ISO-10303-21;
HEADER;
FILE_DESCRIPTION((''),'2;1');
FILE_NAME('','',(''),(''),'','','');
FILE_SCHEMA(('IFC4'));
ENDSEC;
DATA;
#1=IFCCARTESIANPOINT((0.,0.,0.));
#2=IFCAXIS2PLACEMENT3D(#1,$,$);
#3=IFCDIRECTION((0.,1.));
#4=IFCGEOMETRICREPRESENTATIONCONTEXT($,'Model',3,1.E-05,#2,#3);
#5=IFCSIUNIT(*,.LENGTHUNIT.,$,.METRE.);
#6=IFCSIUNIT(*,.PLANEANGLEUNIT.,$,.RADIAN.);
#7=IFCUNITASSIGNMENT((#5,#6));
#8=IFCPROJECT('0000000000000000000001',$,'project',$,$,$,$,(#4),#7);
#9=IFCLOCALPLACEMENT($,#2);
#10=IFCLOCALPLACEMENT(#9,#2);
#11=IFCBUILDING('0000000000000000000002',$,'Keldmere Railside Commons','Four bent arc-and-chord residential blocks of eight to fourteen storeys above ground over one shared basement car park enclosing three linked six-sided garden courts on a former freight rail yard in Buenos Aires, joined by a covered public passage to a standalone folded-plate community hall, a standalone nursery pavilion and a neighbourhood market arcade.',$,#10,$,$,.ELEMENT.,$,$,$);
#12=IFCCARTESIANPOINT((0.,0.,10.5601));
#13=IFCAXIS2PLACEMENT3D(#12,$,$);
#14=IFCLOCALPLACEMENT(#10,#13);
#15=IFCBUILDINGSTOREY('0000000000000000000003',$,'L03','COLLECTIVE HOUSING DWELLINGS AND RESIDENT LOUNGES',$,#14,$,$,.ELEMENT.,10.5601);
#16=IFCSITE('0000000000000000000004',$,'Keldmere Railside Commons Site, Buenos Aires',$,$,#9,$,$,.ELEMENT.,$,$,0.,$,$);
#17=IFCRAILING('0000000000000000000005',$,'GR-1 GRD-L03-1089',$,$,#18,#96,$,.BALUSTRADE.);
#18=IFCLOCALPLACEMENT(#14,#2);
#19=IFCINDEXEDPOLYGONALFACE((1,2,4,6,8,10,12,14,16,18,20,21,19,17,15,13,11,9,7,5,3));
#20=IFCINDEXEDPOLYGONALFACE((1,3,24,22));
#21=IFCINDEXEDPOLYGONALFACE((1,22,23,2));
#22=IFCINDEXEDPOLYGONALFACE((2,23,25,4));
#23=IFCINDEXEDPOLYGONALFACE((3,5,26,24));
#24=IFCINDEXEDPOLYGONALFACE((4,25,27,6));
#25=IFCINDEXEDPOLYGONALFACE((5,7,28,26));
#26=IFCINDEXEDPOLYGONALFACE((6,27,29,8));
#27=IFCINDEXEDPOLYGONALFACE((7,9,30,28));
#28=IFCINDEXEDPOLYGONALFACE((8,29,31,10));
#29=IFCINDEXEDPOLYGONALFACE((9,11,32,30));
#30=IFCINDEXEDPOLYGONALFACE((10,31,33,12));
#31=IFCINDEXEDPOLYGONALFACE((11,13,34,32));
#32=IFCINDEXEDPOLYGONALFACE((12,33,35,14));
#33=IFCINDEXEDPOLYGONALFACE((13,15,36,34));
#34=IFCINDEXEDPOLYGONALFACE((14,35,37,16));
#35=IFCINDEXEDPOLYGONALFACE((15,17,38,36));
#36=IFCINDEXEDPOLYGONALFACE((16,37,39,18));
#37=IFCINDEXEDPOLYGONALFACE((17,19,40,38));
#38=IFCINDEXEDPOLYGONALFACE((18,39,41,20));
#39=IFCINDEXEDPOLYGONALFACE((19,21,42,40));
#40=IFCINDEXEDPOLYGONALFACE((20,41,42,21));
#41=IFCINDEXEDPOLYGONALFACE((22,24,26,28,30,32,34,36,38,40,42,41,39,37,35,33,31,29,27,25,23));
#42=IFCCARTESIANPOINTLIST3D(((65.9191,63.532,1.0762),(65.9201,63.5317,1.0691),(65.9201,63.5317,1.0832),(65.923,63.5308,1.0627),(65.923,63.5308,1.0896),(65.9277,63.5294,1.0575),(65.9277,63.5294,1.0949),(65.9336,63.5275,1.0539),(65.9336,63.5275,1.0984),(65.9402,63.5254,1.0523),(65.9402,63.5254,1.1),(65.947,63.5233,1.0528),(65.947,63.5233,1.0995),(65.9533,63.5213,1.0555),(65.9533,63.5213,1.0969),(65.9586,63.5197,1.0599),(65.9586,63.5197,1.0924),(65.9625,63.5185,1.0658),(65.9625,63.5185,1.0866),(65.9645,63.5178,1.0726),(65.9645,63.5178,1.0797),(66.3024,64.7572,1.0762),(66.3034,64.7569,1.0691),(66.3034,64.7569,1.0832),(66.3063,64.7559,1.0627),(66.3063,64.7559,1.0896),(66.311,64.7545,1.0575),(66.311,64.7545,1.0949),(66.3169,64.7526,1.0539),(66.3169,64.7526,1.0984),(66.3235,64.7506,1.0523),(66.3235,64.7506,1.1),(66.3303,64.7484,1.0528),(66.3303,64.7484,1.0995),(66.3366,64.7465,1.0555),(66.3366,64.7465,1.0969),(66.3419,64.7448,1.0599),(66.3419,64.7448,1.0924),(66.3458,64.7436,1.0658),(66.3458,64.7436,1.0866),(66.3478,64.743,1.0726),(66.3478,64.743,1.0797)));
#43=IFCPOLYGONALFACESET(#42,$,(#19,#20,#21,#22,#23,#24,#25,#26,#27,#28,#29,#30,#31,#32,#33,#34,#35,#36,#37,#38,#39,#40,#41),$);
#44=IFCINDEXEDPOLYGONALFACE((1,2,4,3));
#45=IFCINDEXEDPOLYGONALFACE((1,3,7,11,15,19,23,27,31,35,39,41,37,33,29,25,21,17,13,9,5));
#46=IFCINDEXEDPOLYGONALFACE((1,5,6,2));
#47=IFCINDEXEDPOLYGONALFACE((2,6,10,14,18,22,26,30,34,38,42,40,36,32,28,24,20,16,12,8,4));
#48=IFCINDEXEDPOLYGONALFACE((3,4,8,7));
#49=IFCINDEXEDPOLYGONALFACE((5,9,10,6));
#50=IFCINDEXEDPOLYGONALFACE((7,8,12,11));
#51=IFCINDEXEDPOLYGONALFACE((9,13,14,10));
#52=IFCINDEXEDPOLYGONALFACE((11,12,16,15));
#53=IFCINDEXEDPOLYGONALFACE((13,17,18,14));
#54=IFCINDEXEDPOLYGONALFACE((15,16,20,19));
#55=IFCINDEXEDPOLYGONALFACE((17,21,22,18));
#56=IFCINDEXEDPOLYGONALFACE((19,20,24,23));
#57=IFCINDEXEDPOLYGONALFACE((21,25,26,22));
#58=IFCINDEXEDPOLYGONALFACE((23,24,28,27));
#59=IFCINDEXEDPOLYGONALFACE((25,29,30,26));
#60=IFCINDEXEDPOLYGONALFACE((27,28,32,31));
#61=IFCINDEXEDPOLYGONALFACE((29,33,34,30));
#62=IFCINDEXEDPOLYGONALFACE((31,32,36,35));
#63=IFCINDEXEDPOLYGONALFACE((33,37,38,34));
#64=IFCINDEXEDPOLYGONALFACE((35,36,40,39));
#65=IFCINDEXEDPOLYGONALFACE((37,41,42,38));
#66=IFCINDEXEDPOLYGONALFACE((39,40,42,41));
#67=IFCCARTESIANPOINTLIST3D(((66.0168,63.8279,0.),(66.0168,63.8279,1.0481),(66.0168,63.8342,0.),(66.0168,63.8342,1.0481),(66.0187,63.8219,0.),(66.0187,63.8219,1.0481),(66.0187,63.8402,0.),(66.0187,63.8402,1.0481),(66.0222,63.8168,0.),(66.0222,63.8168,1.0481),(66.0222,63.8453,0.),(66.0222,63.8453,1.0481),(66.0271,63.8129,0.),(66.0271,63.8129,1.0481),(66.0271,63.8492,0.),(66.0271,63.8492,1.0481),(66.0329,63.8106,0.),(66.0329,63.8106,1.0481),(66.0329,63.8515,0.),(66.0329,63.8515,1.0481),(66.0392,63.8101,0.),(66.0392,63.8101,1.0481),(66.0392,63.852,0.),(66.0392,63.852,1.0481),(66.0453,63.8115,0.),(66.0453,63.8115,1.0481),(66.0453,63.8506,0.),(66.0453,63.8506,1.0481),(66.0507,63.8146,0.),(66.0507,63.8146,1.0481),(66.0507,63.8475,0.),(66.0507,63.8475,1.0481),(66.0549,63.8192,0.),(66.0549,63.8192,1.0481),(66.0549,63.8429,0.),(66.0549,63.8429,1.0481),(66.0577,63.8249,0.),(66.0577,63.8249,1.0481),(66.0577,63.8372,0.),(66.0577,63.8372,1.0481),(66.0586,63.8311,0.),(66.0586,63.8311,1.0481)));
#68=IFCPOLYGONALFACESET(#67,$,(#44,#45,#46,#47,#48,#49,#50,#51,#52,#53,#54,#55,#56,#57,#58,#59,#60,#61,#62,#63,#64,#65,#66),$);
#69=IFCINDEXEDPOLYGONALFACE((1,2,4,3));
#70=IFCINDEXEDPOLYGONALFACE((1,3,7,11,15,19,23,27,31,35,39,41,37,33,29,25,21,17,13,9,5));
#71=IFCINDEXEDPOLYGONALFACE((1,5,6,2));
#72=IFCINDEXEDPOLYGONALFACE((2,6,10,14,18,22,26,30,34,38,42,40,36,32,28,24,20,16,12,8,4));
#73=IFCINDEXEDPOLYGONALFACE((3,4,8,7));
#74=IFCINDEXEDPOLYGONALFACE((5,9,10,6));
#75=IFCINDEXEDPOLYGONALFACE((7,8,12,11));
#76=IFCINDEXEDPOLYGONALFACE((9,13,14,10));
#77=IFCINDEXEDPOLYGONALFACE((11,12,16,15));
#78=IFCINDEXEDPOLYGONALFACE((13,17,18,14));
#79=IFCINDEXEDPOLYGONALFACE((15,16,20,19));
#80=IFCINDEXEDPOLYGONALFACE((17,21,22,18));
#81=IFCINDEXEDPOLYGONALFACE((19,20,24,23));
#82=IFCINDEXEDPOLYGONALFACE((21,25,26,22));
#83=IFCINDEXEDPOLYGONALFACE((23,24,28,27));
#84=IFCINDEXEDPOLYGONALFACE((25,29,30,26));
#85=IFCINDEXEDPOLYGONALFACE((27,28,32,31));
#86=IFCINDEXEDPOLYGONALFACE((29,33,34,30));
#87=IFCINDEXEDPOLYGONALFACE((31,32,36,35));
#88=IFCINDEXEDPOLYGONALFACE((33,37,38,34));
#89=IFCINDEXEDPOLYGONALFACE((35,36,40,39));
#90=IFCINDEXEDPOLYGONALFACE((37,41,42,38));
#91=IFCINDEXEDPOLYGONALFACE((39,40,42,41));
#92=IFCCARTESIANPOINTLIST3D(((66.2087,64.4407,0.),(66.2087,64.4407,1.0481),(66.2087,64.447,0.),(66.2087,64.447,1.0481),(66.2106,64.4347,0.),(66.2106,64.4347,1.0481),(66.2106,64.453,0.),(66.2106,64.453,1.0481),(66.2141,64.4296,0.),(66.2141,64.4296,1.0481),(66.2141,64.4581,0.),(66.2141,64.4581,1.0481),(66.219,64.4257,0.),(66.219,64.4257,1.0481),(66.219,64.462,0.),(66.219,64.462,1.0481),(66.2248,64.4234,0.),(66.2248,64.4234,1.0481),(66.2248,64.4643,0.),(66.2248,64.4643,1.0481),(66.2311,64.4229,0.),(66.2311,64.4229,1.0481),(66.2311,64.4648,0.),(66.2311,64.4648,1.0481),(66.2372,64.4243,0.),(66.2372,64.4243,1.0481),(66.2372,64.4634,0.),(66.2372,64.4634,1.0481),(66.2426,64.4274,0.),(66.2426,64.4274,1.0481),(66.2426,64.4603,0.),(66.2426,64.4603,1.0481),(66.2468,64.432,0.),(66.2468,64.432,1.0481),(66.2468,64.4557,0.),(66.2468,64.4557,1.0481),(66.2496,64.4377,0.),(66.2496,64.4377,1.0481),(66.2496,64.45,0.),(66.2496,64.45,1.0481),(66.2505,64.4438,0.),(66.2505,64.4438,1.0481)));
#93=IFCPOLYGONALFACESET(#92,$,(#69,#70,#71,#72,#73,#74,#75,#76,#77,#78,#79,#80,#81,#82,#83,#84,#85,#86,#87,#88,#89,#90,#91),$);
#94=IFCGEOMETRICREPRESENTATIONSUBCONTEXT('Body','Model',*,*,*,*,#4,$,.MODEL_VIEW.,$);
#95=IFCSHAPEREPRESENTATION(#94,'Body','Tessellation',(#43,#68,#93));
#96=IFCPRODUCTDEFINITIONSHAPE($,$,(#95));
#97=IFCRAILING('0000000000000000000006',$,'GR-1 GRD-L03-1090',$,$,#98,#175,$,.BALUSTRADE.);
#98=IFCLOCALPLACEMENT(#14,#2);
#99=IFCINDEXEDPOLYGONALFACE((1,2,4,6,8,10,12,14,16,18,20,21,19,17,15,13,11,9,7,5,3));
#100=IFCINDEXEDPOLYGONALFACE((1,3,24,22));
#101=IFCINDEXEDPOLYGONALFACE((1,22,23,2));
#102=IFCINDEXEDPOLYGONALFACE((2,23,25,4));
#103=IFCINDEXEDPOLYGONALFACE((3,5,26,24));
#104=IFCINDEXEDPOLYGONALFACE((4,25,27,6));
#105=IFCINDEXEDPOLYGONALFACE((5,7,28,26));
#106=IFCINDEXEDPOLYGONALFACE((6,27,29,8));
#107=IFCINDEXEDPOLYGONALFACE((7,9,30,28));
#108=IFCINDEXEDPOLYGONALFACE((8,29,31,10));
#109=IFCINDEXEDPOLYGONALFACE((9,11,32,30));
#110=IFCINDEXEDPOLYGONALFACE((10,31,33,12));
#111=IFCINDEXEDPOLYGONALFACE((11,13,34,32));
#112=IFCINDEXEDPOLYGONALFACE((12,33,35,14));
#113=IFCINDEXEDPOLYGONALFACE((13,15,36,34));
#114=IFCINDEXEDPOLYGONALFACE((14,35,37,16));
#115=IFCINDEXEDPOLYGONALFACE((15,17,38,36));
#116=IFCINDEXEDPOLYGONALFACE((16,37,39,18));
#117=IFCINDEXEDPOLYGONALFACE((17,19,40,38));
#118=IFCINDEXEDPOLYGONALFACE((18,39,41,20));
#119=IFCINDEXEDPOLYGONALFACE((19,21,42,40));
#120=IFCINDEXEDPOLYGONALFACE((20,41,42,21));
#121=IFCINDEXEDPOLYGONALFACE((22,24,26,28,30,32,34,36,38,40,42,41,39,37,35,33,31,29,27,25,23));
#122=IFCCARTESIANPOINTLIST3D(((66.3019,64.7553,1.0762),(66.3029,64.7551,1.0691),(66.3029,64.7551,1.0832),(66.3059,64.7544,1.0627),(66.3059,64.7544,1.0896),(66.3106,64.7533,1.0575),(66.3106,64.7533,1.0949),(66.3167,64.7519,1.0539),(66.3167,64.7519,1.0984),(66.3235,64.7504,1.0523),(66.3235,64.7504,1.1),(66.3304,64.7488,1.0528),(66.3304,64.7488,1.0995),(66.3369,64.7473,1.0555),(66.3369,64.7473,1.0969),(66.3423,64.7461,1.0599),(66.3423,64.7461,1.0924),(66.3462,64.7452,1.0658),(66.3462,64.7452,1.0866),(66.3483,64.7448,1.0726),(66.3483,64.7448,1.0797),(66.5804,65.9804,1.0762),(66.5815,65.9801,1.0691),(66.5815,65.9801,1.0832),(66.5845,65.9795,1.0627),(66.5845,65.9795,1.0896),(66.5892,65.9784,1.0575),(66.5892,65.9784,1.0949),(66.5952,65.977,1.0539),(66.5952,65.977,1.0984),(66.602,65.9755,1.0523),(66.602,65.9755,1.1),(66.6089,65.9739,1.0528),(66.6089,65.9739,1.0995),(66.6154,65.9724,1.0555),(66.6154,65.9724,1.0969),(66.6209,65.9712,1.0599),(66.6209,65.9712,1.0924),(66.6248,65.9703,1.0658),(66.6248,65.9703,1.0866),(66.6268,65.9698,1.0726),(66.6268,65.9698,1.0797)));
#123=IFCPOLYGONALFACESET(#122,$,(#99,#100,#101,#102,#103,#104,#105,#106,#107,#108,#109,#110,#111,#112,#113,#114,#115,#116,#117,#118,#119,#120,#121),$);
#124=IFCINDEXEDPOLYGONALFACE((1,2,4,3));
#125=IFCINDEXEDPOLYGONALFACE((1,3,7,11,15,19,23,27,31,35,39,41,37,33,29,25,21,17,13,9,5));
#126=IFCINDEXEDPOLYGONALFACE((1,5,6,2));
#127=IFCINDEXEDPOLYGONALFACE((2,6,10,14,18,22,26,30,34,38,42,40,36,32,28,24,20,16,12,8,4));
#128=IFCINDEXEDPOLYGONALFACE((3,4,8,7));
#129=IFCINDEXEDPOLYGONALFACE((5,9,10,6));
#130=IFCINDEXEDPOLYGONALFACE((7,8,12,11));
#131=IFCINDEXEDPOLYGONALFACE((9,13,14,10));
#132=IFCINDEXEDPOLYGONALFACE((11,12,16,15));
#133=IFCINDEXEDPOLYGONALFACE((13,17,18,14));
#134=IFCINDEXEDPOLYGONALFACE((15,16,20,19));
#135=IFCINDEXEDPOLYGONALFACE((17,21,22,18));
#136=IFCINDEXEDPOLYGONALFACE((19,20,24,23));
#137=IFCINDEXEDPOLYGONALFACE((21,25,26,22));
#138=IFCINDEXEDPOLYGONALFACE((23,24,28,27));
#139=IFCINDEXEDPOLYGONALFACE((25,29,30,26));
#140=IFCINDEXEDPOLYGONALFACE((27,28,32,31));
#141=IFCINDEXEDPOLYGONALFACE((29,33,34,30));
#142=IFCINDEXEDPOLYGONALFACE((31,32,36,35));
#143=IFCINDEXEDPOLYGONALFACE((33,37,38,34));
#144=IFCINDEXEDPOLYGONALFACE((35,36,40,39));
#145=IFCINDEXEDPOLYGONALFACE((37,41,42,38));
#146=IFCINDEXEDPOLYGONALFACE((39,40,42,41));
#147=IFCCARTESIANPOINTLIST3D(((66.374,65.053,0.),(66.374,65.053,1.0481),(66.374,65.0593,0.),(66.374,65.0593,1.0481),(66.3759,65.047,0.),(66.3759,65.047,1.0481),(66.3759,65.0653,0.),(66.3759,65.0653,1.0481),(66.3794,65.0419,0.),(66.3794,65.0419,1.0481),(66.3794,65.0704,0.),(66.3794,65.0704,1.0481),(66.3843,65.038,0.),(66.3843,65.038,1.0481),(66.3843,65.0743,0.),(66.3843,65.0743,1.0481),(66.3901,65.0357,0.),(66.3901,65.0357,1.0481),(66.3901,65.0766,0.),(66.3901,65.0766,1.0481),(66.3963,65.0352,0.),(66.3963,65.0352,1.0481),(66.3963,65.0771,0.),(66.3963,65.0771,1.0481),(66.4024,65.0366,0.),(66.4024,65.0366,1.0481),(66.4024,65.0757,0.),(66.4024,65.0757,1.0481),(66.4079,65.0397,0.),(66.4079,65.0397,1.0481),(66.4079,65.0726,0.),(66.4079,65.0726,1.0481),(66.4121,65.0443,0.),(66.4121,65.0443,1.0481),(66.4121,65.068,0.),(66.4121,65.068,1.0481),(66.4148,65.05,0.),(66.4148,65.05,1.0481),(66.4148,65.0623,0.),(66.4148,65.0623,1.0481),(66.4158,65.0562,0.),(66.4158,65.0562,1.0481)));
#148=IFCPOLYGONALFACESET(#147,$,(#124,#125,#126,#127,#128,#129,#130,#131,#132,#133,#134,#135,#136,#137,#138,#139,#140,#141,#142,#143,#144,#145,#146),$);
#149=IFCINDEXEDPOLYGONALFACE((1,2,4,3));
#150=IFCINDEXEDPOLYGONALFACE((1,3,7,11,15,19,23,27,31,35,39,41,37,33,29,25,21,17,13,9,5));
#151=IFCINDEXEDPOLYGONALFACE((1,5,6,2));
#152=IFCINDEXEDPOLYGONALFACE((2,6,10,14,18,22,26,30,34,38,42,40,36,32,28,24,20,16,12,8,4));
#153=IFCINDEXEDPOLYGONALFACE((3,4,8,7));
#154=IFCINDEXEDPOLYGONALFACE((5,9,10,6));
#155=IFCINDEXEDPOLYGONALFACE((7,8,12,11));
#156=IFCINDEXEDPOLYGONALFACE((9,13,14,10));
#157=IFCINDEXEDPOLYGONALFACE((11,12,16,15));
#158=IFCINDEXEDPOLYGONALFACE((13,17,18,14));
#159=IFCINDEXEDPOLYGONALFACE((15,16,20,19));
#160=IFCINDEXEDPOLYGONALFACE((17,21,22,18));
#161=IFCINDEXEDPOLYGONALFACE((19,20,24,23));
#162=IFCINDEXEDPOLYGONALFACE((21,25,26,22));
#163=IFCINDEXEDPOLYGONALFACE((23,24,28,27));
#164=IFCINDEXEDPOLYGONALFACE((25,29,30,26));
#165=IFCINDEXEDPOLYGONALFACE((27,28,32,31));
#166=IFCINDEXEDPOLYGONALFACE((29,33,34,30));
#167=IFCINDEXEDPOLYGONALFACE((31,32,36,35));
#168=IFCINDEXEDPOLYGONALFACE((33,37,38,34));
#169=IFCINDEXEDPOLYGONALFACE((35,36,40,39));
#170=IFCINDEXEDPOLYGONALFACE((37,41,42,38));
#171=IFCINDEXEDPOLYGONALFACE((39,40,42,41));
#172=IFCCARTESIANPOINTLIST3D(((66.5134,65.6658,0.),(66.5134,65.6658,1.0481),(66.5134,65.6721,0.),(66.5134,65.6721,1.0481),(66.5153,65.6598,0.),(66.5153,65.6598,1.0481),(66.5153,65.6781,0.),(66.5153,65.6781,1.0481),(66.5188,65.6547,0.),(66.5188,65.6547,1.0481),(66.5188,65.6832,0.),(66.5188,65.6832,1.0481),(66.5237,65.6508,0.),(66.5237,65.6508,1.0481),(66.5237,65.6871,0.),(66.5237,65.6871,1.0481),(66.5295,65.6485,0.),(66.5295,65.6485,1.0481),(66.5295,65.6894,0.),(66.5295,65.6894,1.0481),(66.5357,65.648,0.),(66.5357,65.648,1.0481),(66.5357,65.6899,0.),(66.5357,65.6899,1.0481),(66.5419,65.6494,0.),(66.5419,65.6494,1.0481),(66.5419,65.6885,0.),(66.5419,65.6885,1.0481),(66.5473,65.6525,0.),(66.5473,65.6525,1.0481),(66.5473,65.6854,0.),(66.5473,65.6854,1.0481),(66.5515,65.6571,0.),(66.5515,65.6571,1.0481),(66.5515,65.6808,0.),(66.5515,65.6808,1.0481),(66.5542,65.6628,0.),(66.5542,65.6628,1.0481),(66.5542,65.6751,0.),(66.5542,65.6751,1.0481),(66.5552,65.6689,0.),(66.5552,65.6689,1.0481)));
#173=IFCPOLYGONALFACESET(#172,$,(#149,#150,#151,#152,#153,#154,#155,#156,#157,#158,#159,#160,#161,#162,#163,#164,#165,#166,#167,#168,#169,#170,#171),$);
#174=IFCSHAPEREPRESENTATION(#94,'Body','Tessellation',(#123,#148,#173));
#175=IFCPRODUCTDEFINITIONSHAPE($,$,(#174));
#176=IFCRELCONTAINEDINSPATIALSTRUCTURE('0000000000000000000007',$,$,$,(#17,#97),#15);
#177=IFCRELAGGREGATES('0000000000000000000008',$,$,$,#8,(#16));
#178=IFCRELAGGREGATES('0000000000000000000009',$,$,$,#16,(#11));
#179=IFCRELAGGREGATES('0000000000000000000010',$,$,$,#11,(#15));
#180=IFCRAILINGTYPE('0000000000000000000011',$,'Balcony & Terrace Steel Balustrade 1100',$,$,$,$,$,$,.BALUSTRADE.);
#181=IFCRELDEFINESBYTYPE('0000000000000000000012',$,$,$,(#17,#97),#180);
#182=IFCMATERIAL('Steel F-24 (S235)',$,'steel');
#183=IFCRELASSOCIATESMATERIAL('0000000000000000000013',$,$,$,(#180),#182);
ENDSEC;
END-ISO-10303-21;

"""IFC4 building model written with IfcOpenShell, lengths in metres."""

from ifc_helpers import new_model, si_unit, direction, frame, origin, origin_2d, place, context, subcontext, project, spatial, circle, extrude, material, type_object, element, save


model = new_model("IFC4")

# Units and contexts
model_context = context("Model", 3, precision=1e-05, world=origin(), true_north=direction((0.0, 1.0)))
body_context = subcontext(model_context, "Body", "Model", "MODEL_VIEW")
ifc_project = project(units=[si_unit("LENGTHUNIT", "METRE"), si_unit("PLANEANGLEUNIT", "RADIAN")], contexts=[model_context])

# Site, building, storey
site_placement = place(None, origin())
site = spatial("IfcSite", under=ifc_project, at=site_placement, Name="Keldmere Railside Commons Site, Buenos Aires", CompositionType="ELEMENT", RefElevation=0.0)
building_placement = place(site_placement, origin())
building = spatial("IfcBuilding", under=site, at=building_placement, Name="Keldmere Railside Commons", Description="Four bent arc-and-chord residential blocks of eight to fourteen storeys above ground over one shared basement car park enclosing three linked six-sided garden courts on a former freight rail yard in Buenos Aires, joined by a covered public passage to a standalone folded-plate community hall, a standalone nursery pavilion and a neighbourhood market arcade.", CompositionType="ELEMENT")
storey_placement = place(building_placement, frame((0.0, 0.0, 10.5601)))
storey = spatial("IfcBuildingStorey", under=building, at=storey_placement, Name="L03", Description="COLLECTIVE HOUSING DWELLINGS AND RESIDENT LOUNGES", CompositionType="ELEMENT", Elevation=10.5601)

# Railings
ifc_material_1 = material(Name="Steel F-24 (S235)", Category="steel")
railing_type = type_object("IfcRailingType", Name="Balcony & Terrace Steel Balustrade 1100", PredefinedType="BALUSTRADE", material=ifc_material_1)
railing_1_placement = place(storey_placement, frame((65.9419, 63.5249, 0.0)))
element("IfcRailing", 1, at=railing_1_placement, inside=storey, type_object=railing_type, Name="GR-1 GRD-L03-1089", PredefinedType="BALUSTRADE", context=body_context, shape_type="SweptSolid", body=[
    extrude(circle(Radius=0.0239, at=origin_2d()), frame((0.0, 0.0, 1.0762), z_axis=(0.2986, 0.954378, 0.0), x_axis=(-0.954378, 0.2986, 0.0)), (0.0, 0.0, 1.0), 1.2837),
    extrude(circle(Radius=0.021, at=origin_2d()), frame((0.0957, 0.3062, 0.0)), (0.0, 0.0, 1.0), 1.0481),
    extrude(circle(Radius=0.021, at=origin_2d()), frame((0.2876, 0.9189, 0.0)), (0.0, 0.0, 1.0), 1.0481),
])
railing_2_placement = place(storey_placement, frame((66.3252, 64.75, 0.0)))
element("IfcRailing", 2, at=railing_2_placement, inside=storey, type_object=railing_type, Name="GR-1 GRD-L03-1090", PredefinedType="BALUSTRADE", context=body_context, shape_type="SweptSolid", body=[
    extrude(circle(Radius=0.0239, at=origin_2d()), frame((0.0, 0.0, 1.0762), z_axis=(0.221722, 0.97511, 0.0), x_axis=(-0.97511, 0.221722, 0.0)), (0.0, 0.0, 1.0), 1.2563),
    extrude(circle(Radius=0.021, at=origin_2d()), frame((0.0696, 0.3062, 0.0)), (0.0, 0.0, 1.0), 1.0481),
    extrude(circle(Radius=0.021, at=origin_2d()), frame((0.209, 0.9189, 0.0)), (0.0, 0.0, 1.0), 1.0481),
])

save(model, "model.ifc")
